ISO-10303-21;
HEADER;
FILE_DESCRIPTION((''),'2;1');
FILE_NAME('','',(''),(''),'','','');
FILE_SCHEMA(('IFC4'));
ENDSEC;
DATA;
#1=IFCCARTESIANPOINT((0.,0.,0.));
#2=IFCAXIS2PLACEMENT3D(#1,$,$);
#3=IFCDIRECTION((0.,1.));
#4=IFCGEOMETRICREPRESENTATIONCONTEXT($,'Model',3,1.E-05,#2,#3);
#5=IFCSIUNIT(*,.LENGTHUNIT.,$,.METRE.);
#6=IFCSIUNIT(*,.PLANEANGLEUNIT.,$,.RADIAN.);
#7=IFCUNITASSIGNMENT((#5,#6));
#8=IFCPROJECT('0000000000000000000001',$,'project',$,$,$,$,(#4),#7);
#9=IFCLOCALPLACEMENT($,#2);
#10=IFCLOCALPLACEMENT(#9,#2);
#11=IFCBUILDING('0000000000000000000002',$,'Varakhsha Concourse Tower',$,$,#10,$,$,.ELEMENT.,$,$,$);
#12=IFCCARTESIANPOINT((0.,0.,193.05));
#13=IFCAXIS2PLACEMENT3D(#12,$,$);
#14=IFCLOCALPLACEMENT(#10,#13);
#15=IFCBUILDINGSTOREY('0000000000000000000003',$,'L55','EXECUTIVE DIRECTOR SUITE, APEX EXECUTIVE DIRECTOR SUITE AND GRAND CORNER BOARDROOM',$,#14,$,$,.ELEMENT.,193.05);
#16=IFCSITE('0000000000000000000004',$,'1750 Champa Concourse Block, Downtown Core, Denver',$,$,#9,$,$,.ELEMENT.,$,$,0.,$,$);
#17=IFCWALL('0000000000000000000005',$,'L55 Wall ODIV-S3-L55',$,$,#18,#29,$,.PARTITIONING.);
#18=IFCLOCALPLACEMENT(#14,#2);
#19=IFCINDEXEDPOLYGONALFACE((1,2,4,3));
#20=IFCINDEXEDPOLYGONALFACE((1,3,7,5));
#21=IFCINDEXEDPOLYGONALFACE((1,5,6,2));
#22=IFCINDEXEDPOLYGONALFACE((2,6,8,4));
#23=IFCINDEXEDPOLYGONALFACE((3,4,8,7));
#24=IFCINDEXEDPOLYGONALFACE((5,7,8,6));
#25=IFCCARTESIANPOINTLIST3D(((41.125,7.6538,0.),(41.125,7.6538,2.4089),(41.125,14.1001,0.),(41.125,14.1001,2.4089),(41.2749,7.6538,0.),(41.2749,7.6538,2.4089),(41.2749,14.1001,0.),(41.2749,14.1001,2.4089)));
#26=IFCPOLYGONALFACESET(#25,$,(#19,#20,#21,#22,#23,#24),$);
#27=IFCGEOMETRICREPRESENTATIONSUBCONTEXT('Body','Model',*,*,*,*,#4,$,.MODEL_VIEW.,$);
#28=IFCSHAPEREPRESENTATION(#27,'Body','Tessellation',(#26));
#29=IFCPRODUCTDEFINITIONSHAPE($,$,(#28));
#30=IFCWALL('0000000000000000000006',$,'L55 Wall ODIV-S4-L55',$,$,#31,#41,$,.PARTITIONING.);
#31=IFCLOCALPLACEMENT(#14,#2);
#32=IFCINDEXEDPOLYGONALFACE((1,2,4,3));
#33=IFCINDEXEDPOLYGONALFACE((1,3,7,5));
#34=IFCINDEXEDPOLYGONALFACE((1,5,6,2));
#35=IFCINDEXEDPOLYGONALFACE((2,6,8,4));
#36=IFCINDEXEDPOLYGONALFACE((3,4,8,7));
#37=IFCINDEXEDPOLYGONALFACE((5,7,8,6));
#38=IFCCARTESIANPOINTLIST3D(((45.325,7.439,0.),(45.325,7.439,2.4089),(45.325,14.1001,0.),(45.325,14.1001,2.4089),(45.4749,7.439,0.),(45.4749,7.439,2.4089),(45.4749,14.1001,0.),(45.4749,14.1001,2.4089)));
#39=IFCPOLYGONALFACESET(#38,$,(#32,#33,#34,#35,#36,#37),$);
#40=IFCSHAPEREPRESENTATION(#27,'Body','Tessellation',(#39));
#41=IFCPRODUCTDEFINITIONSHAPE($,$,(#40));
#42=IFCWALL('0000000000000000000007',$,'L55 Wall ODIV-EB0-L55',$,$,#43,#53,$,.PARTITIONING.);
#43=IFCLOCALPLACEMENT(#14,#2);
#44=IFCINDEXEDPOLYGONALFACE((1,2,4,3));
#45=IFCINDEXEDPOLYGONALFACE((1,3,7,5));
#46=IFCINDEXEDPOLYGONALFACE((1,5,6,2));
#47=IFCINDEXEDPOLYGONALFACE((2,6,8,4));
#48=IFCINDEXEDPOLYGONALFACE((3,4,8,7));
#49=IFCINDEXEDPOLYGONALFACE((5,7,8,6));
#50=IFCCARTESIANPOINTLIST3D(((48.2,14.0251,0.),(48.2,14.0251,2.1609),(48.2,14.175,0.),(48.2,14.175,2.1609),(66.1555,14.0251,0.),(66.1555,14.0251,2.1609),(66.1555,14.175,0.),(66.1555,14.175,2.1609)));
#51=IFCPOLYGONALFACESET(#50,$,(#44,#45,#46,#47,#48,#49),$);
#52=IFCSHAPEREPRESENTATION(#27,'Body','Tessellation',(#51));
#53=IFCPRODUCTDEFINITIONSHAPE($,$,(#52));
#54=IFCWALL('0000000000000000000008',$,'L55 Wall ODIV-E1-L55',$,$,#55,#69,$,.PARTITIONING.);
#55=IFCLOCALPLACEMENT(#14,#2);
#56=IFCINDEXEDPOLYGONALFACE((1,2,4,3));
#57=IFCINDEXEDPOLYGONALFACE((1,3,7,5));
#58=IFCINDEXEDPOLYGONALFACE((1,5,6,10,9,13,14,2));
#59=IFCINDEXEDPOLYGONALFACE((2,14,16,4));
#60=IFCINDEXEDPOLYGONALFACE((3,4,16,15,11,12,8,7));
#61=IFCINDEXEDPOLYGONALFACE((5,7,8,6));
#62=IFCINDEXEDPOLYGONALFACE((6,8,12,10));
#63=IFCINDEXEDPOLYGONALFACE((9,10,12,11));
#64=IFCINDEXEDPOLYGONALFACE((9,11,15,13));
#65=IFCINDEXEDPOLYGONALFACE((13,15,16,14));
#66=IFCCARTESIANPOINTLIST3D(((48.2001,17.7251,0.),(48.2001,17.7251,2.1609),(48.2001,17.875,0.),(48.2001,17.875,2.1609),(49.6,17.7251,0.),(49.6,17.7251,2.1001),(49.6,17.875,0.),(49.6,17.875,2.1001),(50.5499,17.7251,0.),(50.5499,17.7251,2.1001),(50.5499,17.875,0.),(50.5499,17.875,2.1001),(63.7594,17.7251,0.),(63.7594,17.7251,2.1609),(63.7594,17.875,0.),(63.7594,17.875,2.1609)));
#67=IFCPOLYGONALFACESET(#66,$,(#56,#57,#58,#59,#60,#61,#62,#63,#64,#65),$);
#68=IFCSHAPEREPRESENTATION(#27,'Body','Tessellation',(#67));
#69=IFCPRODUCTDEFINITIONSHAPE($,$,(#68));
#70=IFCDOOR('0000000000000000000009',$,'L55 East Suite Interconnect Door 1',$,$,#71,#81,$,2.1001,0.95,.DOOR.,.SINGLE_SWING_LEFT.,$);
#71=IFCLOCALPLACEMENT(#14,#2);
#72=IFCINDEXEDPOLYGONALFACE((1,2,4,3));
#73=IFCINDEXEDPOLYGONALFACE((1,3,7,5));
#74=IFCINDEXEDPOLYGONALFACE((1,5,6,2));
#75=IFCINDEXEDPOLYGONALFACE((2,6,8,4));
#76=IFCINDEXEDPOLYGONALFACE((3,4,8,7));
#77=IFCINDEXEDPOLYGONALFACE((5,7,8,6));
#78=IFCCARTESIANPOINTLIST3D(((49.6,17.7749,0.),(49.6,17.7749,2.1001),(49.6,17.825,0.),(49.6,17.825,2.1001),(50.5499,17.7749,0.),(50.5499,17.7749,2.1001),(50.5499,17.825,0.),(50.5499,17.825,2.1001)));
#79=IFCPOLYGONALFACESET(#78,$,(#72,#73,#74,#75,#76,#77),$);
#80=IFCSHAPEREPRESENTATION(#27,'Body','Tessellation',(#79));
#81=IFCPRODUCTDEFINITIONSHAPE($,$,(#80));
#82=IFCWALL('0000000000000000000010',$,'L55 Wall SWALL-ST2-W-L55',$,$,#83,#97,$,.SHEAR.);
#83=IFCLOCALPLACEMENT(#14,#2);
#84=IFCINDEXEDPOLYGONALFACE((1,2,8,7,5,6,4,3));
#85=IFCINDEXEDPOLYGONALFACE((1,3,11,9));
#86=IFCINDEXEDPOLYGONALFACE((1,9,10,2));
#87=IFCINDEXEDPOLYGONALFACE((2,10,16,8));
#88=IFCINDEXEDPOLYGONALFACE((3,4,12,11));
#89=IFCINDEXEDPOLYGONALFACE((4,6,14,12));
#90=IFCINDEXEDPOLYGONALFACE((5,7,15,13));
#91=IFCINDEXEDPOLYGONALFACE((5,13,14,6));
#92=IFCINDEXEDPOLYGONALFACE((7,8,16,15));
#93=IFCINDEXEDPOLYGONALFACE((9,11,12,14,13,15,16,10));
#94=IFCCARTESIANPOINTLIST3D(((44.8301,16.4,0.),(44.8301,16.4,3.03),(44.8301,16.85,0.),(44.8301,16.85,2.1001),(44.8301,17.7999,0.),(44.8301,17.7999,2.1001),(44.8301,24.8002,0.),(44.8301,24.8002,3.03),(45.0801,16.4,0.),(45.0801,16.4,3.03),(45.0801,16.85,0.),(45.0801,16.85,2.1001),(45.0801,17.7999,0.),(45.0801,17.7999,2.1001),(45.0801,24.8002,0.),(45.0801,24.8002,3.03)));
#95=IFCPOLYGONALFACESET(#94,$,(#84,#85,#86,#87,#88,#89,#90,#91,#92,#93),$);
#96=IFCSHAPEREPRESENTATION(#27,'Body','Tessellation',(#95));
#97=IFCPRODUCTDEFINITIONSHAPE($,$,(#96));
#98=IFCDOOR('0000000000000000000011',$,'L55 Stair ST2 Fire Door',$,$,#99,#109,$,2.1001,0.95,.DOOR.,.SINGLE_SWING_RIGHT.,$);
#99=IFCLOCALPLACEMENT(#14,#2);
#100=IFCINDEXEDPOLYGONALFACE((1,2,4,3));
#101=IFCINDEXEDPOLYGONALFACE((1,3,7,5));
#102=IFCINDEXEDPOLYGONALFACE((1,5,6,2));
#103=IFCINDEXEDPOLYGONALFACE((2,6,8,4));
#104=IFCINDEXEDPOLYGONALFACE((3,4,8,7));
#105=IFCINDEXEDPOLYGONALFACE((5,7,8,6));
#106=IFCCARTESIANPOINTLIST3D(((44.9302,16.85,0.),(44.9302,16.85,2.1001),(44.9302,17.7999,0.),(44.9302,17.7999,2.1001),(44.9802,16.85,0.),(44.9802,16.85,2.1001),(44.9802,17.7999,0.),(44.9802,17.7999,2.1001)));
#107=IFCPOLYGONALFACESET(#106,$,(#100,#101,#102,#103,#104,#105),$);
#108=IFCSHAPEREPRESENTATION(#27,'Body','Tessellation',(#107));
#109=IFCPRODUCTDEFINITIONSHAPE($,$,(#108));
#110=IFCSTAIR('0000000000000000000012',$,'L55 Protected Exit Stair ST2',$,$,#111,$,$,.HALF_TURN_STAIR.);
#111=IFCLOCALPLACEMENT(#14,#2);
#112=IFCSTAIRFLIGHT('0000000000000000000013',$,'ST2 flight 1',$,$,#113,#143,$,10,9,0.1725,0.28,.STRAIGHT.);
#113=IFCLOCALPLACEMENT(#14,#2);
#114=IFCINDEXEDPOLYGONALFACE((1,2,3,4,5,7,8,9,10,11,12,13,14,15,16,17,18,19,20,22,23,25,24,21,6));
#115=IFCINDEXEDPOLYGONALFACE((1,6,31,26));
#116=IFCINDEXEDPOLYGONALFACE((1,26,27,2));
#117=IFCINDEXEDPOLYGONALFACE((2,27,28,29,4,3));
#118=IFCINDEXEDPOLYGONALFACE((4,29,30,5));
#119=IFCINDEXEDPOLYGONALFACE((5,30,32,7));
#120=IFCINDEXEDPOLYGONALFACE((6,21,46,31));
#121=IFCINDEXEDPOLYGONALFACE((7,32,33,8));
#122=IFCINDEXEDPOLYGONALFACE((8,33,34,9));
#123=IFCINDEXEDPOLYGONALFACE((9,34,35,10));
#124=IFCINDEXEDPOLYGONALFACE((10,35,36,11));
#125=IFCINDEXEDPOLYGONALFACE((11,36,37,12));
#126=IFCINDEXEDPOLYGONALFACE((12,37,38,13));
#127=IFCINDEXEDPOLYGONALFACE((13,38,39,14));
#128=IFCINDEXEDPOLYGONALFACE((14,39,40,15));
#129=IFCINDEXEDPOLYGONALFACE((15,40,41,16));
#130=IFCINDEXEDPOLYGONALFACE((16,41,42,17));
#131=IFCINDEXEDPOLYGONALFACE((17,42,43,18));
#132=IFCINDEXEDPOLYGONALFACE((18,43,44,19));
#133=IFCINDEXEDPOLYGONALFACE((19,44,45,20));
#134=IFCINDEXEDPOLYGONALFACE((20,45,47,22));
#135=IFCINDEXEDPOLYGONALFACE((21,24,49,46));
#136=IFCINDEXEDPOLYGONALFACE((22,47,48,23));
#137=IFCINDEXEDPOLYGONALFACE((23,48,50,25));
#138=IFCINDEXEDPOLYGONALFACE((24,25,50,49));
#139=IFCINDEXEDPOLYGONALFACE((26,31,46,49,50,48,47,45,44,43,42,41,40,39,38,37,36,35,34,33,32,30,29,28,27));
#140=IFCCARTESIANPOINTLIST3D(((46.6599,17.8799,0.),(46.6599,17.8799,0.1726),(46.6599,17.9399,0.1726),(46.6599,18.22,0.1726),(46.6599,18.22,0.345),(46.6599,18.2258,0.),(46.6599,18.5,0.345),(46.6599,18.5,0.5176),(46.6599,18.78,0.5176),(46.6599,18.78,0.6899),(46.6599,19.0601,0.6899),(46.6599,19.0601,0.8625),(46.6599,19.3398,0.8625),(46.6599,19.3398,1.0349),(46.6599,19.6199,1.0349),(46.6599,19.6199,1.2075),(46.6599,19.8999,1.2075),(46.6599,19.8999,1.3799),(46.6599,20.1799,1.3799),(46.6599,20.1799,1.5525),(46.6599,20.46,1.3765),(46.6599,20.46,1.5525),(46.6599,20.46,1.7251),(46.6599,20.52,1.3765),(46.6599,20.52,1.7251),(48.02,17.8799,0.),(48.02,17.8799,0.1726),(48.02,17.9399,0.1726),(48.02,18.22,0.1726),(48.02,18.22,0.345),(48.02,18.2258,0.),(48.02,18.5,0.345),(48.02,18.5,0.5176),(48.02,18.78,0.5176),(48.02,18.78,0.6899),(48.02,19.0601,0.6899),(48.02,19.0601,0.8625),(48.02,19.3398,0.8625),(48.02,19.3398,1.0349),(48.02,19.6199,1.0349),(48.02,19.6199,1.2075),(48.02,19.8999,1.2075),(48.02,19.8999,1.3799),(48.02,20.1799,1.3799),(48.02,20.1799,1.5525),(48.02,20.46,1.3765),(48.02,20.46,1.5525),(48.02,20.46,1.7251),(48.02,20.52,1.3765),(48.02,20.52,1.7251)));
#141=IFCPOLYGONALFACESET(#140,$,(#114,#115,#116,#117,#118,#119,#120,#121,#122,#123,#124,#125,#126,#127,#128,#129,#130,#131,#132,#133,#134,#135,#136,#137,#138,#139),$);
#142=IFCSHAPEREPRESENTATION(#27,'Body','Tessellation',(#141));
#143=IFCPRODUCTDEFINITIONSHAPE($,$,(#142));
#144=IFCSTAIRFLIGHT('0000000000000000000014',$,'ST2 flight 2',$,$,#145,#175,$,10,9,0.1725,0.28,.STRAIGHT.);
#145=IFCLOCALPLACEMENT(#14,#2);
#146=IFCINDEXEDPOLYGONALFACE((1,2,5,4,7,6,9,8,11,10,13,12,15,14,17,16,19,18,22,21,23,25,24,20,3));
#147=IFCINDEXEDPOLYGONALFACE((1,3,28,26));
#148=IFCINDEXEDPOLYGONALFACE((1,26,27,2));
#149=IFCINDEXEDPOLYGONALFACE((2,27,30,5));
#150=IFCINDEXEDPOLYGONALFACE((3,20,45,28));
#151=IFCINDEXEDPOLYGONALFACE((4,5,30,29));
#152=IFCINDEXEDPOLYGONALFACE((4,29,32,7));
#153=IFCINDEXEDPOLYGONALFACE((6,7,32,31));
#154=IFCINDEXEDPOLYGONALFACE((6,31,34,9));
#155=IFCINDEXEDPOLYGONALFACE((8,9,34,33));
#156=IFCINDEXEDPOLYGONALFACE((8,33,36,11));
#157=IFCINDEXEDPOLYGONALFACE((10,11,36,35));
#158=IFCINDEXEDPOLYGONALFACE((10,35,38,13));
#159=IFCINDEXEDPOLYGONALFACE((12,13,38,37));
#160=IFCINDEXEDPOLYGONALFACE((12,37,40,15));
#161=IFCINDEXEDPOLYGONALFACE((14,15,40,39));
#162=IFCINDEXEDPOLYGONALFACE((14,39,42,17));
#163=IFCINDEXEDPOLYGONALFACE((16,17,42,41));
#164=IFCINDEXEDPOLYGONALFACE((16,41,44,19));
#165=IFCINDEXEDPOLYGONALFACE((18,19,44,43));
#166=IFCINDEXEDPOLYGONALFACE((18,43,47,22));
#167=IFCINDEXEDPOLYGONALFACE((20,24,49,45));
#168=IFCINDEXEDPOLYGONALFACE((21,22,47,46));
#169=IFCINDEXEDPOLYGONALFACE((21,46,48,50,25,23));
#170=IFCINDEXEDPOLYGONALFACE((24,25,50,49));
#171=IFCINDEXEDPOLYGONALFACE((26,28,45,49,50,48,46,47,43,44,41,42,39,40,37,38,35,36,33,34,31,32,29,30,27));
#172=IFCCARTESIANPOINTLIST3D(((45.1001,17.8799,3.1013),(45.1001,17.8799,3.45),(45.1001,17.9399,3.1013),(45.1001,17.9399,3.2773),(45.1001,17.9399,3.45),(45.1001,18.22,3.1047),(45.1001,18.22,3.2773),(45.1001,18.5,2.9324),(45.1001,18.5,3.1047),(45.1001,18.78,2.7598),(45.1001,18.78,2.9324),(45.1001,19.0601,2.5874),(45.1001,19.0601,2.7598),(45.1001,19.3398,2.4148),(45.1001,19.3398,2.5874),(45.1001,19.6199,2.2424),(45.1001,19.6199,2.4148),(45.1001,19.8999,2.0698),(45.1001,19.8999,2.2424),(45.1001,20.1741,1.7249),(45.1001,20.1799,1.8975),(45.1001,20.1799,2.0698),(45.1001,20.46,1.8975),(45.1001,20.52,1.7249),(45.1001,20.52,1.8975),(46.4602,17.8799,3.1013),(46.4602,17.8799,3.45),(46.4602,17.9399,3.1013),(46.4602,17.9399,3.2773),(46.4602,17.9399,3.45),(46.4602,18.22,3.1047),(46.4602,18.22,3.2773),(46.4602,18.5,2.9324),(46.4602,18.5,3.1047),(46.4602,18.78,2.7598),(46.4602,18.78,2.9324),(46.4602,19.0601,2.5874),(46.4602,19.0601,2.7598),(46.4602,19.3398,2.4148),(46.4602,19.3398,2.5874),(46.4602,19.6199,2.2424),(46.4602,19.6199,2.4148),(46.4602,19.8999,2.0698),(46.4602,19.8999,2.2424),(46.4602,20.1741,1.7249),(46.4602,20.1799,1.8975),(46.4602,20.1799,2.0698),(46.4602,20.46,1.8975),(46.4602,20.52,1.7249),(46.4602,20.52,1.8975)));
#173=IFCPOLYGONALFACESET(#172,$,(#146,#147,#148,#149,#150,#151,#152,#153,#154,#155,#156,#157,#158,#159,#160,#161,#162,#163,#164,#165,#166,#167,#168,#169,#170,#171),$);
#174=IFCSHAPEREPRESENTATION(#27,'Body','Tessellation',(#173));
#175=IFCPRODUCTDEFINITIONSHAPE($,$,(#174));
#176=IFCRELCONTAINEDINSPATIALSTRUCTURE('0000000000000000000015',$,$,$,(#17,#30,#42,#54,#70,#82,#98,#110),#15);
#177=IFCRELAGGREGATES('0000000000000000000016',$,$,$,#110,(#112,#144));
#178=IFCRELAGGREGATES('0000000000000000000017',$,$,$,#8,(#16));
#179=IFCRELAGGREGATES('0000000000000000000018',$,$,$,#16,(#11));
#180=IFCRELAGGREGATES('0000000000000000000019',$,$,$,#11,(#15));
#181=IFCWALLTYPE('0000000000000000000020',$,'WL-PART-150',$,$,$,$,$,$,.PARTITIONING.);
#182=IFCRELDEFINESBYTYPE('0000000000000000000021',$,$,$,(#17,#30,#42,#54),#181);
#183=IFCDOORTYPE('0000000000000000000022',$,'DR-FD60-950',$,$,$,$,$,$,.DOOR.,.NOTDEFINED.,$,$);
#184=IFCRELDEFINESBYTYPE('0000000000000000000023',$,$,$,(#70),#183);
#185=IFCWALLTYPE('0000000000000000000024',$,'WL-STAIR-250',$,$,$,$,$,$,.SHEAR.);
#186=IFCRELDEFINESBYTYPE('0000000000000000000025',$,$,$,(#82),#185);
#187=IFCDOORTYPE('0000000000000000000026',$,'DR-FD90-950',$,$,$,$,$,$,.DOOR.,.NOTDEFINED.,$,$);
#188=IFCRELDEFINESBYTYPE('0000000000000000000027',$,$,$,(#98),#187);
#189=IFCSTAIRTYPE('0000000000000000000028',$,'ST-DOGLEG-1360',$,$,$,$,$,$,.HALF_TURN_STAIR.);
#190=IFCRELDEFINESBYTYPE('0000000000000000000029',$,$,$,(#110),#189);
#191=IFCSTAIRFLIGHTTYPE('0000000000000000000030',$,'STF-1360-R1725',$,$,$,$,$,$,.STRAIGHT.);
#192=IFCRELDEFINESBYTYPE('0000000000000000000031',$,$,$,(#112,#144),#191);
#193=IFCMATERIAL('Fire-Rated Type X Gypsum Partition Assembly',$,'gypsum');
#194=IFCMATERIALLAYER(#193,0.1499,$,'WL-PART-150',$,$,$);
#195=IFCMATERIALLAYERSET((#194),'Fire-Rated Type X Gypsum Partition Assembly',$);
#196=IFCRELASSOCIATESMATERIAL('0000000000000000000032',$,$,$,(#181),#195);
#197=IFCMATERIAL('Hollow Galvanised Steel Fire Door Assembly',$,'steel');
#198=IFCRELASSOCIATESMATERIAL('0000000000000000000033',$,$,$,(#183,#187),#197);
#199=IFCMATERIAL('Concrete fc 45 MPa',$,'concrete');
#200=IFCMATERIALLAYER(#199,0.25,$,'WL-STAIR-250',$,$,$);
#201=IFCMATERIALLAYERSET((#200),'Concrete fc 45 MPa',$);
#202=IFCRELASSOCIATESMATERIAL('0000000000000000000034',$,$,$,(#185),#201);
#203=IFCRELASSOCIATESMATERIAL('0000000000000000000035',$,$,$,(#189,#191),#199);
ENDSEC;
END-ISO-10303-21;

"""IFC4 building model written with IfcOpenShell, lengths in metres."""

from ifc_helpers import new_model, si_unit, direction, frame, frame_2d, origin, place, context, subcontext, project, spatial, polyline, rectangle, outline, extrude, material, layer, layer_set, type_object, element, fill, aggregate, save


model = new_model("IFC4")

# Units and contexts
model_context = context("Model", 3, precision=1e-05, world=origin(), true_north=direction((0.0, 1.0)))
body_context = subcontext(model_context, "Body", "Model", "MODEL_VIEW")
ifc_project = project(units=[si_unit("LENGTHUNIT", "METRE"), si_unit("PLANEANGLEUNIT", "RADIAN")], contexts=[model_context])

# Site, building, storey
site_placement = place(None, origin())
site = spatial("IfcSite", under=ifc_project, at=site_placement, Name="1750 Champa Concourse Block, Downtown Core, Denver", CompositionType="ELEMENT", RefElevation=0.0)
building_placement = place(site_placement, origin())
building = spatial("IfcBuilding", under=site, at=building_placement, Name="Varakhsha Concourse Tower", CompositionType="ELEMENT")
storey_placement = place(building_placement, frame((0.0, 0.0, 193.05)))
storey = spatial("IfcBuildingStorey", under=building, at=storey_placement, Name="L55", Description="EXECUTIVE DIRECTOR SUITE, APEX EXECUTIVE DIRECTOR SUITE AND GRAND CORNER BOARDROOM", CompositionType="ELEMENT", Elevation=193.05)

# Shared definitions
ifc_material_1 = material(Name="Fire-Rated Type X Gypsum Partition Assembly", Category="gypsum")
ifc_material_2 = material(Name="Hollow Galvanised Steel Fire Door Assembly", Category="steel")

# Walls
ifc_layer_1 = layer(ifc_material_1, 0.1499, Name="WL-PART-150")
ifc_layer_set_1 = layer_set([ifc_layer_1], Name="Fire-Rated Type X Gypsum Partition Assembly")
wall_type_1 = type_object("IfcWallType", Name="WL-PART-150", PredefinedType="PARTITIONING", material=ifc_layer_set_1)
wall_1_placement = place(storey_placement, frame((41.2, 7.6538, 0.0), z_axis=(0.0, 0.0, 1.0), x_axis=(0.0, 1.0, 0.0)))
element("IfcWall", 1, at=wall_1_placement, inside=storey, type_object=wall_type_1, Name="L55 Wall ODIV-S3-L55", PredefinedType="PARTITIONING", context=body_context, shape_type="SweptSolid", body=[
    extrude(rectangle(XDim=6.4463, YDim=0.1499, at=frame_2d((3.2231, 0.0))), origin(), (0.0, 0.0, 1.0), 2.4089),
])
wall_2_placement = place(storey_placement, frame((45.3999, 7.439, 0.0), z_axis=(0.0, 0.0, 1.0), x_axis=(0.0, 1.0, 0.0)))
element("IfcWall", 2, at=wall_2_placement, inside=storey, type_object=wall_type_1, Name="L55 Wall ODIV-S4-L55", PredefinedType="PARTITIONING", context=body_context, shape_type="SweptSolid", body=[
    extrude(rectangle(XDim=6.6611, YDim=0.1499, at=frame_2d((3.3306, 0.0))), origin(), (0.0, 0.0, 1.0), 2.4089),
])
wall_3_placement = place(storey_placement, frame((48.2, 14.1001, 0.0), z_axis=(0.0, 0.0, 1.0), x_axis=(1.0, 0.0, 0.0)))
element("IfcWall", 3, at=wall_3_placement, inside=storey, type_object=wall_type_1, Name="L55 Wall ODIV-EB0-L55", PredefinedType="PARTITIONING", context=body_context, shape_type="SweptSolid", body=[
    extrude(rectangle(XDim=17.9556, YDim=0.1499, at=frame_2d((8.9778, 0.0))), origin(), (0.0, 0.0, 1.0), 2.1609),
])

# Walls, openings, doors
wall_4_placement = place(storey_placement, frame((48.2, 17.8, 0.0), z_axis=(0.0, 0.0, 1.0), x_axis=(1.0, 0.0, 0.0)))
wall_4 = element("IfcWall", 4, at=wall_4_placement, inside=storey, type_object=wall_type_1, Name="L55 Wall ODIV-E1-L55", PredefinedType="PARTITIONING", context=body_context, shape_type="SweptSolid", body=[
    extrude(rectangle(XDim=15.5593, YDim=0.1499, at=frame_2d((7.7798, 0.0))), origin(), (0.0, 0.0, 1.0), 2.1609),
])
opening_1_placement = place(wall_4_placement, frame((1.3999, 0.0, 0.0)))
opening_1 = element("IfcOpeningElement", 5, at=opening_1_placement, cuts=wall_4, PredefinedType="OPENING", context=body_context, shape_type="SweptSolid", body=[
    extrude(rectangle(XDim=0.95, YDim=2.1001, at=frame_2d((0.4751, 1.05))), frame((0.0, 0.085, 0.0), z_axis=(0.0, -1.0, 0.0), x_axis=(1.0, 0.0, 0.0)), (0.0, 0.0, 1.0), 0.1699),
])
door_type_1 = type_object("IfcDoorType", Name="DR-FD60-950", OperationType="NOTDEFINED", PredefinedType="DOOR", material=ifc_material_2)
door_1_placement = place(opening_1_placement, origin())
door_1 = element("IfcDoor", 6, at=door_1_placement, inside=storey, type_object=door_type_1, Name="L55 East Suite Interconnect Door 1", OperationType="SINGLE_SWING_LEFT", OverallHeight=2.1001, OverallWidth=0.95, PredefinedType="DOOR", context=body_context, shape_type="SweptSolid", body=[
    extrude(rectangle(XDim=0.95, YDim=2.1001, at=frame_2d((0.4751, 1.05))), frame((0.0, 0.0249, 0.0), z_axis=(0.0, -1.0, 0.0), x_axis=(1.0, 0.0, 0.0)), (0.0, 0.0, 1.0), 0.05),
])
fill(opening_1, door_1)
ifc_material_3 = material(Name="Concrete fc 45 MPa", Category="concrete")
ifc_layer_2 = layer(ifc_material_3, 0.25, Name="WL-STAIR-250")
ifc_layer_set_2 = layer_set([ifc_layer_2], Name="Concrete fc 45 MPa")
wall_type_2 = type_object("IfcWallType", Name="WL-STAIR-250", PredefinedType="SHEAR", material=ifc_layer_set_2)
wall_5_placement = place(storey_placement, frame((44.9551, 16.3999, 0.0), z_axis=(0.0, 0.0, 1.0), x_axis=(0.0, 1.0, 0.0)))
wall_5 = element("IfcWall", 7, at=wall_5_placement, inside=storey, type_object=wall_type_2, Name="L55 Wall SWALL-ST2-W-L55", PredefinedType="SHEAR", context=body_context, shape_type="SweptSolid", body=[
    extrude(rectangle(XDim=8.4001, YDim=0.25, at=frame_2d((4.2002, 0.0))), origin(), (0.0, 0.0, 1.0), 3.03),
])
opening_2_placement = place(wall_5_placement, frame((0.45, 0.0, 0.0)))
opening_2 = element("IfcOpeningElement", 8, at=opening_2_placement, cuts=wall_5, PredefinedType="OPENING", context=body_context, shape_type="SweptSolid", body=[
    extrude(rectangle(XDim=0.95, YDim=2.1001, at=frame_2d((0.4751, 1.05))), frame((0.0, 0.135, 0.0), z_axis=(0.0, -1.0, 0.0), x_axis=(1.0, 0.0, 0.0)), (0.0, 0.0, 1.0), 0.27),
])
door_type_2 = type_object("IfcDoorType", Name="DR-FD90-950", OperationType="NOTDEFINED", PredefinedType="DOOR", material=ifc_material_2)
door_2_placement = place(opening_2_placement, origin())
door_2 = element("IfcDoor", 9, at=door_2_placement, inside=storey, type_object=door_type_2, Name="L55 Stair ST2 Fire Door", OperationType="SINGLE_SWING_RIGHT", OverallHeight=2.1001, OverallWidth=0.95, PredefinedType="DOOR", context=body_context, shape_type="SweptSolid", body=[
    extrude(rectangle(XDim=0.95, YDim=2.1001, at=frame_2d((0.4751, 1.05))), frame((0.0, 0.0249, 0.0), z_axis=(0.0, -1.0, 0.0), x_axis=(1.0, 0.0, 0.0)), (0.0, 0.0, 1.0), 0.05),
])
fill(opening_2, door_2)

# Stair, stair flights
stair_type = type_object("IfcStairType", Name="ST-DOGLEG-1360", PredefinedType="HALF_TURN_STAIR", material=ifc_material_3)
stair_placement = place(storey_placement, origin())
stair = element("IfcStair", 10, at=stair_placement, inside=storey, type_object=stair_type, Name="L55 Protected Exit Stair ST2", PredefinedType="HALF_TURN_STAIR")
stair_flight_type = type_object("IfcStairFlightType", Name="STF-1360-R1725", PredefinedType="STRAIGHT", material=ifc_material_3)
stair_flight_1_placement = place(storey_placement, frame((47.3401, 17.9399, 0.0), z_axis=(0.0, 0.0, 1.0), x_axis=(0.0, 1.0, 0.0)))
stair_flight_1 = element("IfcStairFlight", 11, at=stair_flight_1_placement, type_object=stair_flight_type, Name="ST2 flight 1", NumberOfRisers=10, NumberOfTreads=9, PredefinedType="STRAIGHT", RiserHeight=0.1725, TreadLength=0.28, context=body_context, shape_type="SweptSolid", body=[
    extrude(outline(polyline([(-0.0601, 0.0), (-0.0601, 0.1726), (0.0, 0.1726), (0.28, 0.1726), (0.28, 0.345), (0.5601, 0.345), (0.5601, 0.5176), (0.8401, 0.5176), (0.8401, 0.6899), (1.1201, 0.6899), (1.1201, 0.8625), (1.3999, 0.8625), (1.3999, 1.0349), (1.6799, 1.0349), (1.6799, 1.2075), (1.96, 1.2075), (1.96, 1.3799), (2.24, 1.3799), (2.24, 1.5525), (2.52, 1.5525), (2.52, 1.7251), (2.5801, 1.7251), (2.5801, 1.3765), (2.52, 1.3765), (0.2859, 0.0), (-0.0601, 0.0)])), frame((0.0, 0.6802, 0.0), z_axis=(0.0, -1.0, 0.0), x_axis=(1.0, 0.0, 0.0)), (0.0, 0.0, 1.0), 1.3601),
])
stair_flight_2_placement = place(storey_placement, frame((45.78, 20.46, 1.7249), z_axis=(0.0, 0.0, 1.0), x_axis=(0.0, -1.0, 0.0)))
stair_flight_2 = element("IfcStairFlight", 12, at=stair_flight_2_placement, type_object=stair_flight_type, Name="ST2 flight 2", NumberOfRisers=10, NumberOfTreads=9, PredefinedType="STRAIGHT", RiserHeight=0.1725, TreadLength=0.28, context=body_context, shape_type="SweptSolid", body=[
    extrude(outline(polyline([(-0.0601, 0.0), (-0.0601, 0.1726), (0.0, 0.1726), (0.28, 0.1726), (0.28, 0.345), (0.5601, 0.345), (0.5601, 0.5176), (0.8401, 0.5176), (0.8401, 0.6899), (1.1201, 0.6899), (1.1201, 0.8625), (1.3999, 0.8625), (1.3999, 1.0349), (1.6799, 1.0349), (1.6799, 1.2075), (1.96, 1.2075), (1.96, 1.3799), (2.24, 1.3799), (2.24, 1.5525), (2.52, 1.5525), (2.52, 1.7251), (2.5801, 1.7251), (2.5801, 1.3765), (2.52, 1.3765), (0.2859, 0.0), (-0.0601, 0.0)])), frame((0.0, 0.6802, 0.0), z_axis=(0.0, -1.0, 0.0), x_axis=(1.0, 0.0, 0.0)), (0.0, 0.0, 1.0), 1.3601),
])
aggregate(stair, [stair_flight_1, stair_flight_2])

save(model, "model.ifc")
